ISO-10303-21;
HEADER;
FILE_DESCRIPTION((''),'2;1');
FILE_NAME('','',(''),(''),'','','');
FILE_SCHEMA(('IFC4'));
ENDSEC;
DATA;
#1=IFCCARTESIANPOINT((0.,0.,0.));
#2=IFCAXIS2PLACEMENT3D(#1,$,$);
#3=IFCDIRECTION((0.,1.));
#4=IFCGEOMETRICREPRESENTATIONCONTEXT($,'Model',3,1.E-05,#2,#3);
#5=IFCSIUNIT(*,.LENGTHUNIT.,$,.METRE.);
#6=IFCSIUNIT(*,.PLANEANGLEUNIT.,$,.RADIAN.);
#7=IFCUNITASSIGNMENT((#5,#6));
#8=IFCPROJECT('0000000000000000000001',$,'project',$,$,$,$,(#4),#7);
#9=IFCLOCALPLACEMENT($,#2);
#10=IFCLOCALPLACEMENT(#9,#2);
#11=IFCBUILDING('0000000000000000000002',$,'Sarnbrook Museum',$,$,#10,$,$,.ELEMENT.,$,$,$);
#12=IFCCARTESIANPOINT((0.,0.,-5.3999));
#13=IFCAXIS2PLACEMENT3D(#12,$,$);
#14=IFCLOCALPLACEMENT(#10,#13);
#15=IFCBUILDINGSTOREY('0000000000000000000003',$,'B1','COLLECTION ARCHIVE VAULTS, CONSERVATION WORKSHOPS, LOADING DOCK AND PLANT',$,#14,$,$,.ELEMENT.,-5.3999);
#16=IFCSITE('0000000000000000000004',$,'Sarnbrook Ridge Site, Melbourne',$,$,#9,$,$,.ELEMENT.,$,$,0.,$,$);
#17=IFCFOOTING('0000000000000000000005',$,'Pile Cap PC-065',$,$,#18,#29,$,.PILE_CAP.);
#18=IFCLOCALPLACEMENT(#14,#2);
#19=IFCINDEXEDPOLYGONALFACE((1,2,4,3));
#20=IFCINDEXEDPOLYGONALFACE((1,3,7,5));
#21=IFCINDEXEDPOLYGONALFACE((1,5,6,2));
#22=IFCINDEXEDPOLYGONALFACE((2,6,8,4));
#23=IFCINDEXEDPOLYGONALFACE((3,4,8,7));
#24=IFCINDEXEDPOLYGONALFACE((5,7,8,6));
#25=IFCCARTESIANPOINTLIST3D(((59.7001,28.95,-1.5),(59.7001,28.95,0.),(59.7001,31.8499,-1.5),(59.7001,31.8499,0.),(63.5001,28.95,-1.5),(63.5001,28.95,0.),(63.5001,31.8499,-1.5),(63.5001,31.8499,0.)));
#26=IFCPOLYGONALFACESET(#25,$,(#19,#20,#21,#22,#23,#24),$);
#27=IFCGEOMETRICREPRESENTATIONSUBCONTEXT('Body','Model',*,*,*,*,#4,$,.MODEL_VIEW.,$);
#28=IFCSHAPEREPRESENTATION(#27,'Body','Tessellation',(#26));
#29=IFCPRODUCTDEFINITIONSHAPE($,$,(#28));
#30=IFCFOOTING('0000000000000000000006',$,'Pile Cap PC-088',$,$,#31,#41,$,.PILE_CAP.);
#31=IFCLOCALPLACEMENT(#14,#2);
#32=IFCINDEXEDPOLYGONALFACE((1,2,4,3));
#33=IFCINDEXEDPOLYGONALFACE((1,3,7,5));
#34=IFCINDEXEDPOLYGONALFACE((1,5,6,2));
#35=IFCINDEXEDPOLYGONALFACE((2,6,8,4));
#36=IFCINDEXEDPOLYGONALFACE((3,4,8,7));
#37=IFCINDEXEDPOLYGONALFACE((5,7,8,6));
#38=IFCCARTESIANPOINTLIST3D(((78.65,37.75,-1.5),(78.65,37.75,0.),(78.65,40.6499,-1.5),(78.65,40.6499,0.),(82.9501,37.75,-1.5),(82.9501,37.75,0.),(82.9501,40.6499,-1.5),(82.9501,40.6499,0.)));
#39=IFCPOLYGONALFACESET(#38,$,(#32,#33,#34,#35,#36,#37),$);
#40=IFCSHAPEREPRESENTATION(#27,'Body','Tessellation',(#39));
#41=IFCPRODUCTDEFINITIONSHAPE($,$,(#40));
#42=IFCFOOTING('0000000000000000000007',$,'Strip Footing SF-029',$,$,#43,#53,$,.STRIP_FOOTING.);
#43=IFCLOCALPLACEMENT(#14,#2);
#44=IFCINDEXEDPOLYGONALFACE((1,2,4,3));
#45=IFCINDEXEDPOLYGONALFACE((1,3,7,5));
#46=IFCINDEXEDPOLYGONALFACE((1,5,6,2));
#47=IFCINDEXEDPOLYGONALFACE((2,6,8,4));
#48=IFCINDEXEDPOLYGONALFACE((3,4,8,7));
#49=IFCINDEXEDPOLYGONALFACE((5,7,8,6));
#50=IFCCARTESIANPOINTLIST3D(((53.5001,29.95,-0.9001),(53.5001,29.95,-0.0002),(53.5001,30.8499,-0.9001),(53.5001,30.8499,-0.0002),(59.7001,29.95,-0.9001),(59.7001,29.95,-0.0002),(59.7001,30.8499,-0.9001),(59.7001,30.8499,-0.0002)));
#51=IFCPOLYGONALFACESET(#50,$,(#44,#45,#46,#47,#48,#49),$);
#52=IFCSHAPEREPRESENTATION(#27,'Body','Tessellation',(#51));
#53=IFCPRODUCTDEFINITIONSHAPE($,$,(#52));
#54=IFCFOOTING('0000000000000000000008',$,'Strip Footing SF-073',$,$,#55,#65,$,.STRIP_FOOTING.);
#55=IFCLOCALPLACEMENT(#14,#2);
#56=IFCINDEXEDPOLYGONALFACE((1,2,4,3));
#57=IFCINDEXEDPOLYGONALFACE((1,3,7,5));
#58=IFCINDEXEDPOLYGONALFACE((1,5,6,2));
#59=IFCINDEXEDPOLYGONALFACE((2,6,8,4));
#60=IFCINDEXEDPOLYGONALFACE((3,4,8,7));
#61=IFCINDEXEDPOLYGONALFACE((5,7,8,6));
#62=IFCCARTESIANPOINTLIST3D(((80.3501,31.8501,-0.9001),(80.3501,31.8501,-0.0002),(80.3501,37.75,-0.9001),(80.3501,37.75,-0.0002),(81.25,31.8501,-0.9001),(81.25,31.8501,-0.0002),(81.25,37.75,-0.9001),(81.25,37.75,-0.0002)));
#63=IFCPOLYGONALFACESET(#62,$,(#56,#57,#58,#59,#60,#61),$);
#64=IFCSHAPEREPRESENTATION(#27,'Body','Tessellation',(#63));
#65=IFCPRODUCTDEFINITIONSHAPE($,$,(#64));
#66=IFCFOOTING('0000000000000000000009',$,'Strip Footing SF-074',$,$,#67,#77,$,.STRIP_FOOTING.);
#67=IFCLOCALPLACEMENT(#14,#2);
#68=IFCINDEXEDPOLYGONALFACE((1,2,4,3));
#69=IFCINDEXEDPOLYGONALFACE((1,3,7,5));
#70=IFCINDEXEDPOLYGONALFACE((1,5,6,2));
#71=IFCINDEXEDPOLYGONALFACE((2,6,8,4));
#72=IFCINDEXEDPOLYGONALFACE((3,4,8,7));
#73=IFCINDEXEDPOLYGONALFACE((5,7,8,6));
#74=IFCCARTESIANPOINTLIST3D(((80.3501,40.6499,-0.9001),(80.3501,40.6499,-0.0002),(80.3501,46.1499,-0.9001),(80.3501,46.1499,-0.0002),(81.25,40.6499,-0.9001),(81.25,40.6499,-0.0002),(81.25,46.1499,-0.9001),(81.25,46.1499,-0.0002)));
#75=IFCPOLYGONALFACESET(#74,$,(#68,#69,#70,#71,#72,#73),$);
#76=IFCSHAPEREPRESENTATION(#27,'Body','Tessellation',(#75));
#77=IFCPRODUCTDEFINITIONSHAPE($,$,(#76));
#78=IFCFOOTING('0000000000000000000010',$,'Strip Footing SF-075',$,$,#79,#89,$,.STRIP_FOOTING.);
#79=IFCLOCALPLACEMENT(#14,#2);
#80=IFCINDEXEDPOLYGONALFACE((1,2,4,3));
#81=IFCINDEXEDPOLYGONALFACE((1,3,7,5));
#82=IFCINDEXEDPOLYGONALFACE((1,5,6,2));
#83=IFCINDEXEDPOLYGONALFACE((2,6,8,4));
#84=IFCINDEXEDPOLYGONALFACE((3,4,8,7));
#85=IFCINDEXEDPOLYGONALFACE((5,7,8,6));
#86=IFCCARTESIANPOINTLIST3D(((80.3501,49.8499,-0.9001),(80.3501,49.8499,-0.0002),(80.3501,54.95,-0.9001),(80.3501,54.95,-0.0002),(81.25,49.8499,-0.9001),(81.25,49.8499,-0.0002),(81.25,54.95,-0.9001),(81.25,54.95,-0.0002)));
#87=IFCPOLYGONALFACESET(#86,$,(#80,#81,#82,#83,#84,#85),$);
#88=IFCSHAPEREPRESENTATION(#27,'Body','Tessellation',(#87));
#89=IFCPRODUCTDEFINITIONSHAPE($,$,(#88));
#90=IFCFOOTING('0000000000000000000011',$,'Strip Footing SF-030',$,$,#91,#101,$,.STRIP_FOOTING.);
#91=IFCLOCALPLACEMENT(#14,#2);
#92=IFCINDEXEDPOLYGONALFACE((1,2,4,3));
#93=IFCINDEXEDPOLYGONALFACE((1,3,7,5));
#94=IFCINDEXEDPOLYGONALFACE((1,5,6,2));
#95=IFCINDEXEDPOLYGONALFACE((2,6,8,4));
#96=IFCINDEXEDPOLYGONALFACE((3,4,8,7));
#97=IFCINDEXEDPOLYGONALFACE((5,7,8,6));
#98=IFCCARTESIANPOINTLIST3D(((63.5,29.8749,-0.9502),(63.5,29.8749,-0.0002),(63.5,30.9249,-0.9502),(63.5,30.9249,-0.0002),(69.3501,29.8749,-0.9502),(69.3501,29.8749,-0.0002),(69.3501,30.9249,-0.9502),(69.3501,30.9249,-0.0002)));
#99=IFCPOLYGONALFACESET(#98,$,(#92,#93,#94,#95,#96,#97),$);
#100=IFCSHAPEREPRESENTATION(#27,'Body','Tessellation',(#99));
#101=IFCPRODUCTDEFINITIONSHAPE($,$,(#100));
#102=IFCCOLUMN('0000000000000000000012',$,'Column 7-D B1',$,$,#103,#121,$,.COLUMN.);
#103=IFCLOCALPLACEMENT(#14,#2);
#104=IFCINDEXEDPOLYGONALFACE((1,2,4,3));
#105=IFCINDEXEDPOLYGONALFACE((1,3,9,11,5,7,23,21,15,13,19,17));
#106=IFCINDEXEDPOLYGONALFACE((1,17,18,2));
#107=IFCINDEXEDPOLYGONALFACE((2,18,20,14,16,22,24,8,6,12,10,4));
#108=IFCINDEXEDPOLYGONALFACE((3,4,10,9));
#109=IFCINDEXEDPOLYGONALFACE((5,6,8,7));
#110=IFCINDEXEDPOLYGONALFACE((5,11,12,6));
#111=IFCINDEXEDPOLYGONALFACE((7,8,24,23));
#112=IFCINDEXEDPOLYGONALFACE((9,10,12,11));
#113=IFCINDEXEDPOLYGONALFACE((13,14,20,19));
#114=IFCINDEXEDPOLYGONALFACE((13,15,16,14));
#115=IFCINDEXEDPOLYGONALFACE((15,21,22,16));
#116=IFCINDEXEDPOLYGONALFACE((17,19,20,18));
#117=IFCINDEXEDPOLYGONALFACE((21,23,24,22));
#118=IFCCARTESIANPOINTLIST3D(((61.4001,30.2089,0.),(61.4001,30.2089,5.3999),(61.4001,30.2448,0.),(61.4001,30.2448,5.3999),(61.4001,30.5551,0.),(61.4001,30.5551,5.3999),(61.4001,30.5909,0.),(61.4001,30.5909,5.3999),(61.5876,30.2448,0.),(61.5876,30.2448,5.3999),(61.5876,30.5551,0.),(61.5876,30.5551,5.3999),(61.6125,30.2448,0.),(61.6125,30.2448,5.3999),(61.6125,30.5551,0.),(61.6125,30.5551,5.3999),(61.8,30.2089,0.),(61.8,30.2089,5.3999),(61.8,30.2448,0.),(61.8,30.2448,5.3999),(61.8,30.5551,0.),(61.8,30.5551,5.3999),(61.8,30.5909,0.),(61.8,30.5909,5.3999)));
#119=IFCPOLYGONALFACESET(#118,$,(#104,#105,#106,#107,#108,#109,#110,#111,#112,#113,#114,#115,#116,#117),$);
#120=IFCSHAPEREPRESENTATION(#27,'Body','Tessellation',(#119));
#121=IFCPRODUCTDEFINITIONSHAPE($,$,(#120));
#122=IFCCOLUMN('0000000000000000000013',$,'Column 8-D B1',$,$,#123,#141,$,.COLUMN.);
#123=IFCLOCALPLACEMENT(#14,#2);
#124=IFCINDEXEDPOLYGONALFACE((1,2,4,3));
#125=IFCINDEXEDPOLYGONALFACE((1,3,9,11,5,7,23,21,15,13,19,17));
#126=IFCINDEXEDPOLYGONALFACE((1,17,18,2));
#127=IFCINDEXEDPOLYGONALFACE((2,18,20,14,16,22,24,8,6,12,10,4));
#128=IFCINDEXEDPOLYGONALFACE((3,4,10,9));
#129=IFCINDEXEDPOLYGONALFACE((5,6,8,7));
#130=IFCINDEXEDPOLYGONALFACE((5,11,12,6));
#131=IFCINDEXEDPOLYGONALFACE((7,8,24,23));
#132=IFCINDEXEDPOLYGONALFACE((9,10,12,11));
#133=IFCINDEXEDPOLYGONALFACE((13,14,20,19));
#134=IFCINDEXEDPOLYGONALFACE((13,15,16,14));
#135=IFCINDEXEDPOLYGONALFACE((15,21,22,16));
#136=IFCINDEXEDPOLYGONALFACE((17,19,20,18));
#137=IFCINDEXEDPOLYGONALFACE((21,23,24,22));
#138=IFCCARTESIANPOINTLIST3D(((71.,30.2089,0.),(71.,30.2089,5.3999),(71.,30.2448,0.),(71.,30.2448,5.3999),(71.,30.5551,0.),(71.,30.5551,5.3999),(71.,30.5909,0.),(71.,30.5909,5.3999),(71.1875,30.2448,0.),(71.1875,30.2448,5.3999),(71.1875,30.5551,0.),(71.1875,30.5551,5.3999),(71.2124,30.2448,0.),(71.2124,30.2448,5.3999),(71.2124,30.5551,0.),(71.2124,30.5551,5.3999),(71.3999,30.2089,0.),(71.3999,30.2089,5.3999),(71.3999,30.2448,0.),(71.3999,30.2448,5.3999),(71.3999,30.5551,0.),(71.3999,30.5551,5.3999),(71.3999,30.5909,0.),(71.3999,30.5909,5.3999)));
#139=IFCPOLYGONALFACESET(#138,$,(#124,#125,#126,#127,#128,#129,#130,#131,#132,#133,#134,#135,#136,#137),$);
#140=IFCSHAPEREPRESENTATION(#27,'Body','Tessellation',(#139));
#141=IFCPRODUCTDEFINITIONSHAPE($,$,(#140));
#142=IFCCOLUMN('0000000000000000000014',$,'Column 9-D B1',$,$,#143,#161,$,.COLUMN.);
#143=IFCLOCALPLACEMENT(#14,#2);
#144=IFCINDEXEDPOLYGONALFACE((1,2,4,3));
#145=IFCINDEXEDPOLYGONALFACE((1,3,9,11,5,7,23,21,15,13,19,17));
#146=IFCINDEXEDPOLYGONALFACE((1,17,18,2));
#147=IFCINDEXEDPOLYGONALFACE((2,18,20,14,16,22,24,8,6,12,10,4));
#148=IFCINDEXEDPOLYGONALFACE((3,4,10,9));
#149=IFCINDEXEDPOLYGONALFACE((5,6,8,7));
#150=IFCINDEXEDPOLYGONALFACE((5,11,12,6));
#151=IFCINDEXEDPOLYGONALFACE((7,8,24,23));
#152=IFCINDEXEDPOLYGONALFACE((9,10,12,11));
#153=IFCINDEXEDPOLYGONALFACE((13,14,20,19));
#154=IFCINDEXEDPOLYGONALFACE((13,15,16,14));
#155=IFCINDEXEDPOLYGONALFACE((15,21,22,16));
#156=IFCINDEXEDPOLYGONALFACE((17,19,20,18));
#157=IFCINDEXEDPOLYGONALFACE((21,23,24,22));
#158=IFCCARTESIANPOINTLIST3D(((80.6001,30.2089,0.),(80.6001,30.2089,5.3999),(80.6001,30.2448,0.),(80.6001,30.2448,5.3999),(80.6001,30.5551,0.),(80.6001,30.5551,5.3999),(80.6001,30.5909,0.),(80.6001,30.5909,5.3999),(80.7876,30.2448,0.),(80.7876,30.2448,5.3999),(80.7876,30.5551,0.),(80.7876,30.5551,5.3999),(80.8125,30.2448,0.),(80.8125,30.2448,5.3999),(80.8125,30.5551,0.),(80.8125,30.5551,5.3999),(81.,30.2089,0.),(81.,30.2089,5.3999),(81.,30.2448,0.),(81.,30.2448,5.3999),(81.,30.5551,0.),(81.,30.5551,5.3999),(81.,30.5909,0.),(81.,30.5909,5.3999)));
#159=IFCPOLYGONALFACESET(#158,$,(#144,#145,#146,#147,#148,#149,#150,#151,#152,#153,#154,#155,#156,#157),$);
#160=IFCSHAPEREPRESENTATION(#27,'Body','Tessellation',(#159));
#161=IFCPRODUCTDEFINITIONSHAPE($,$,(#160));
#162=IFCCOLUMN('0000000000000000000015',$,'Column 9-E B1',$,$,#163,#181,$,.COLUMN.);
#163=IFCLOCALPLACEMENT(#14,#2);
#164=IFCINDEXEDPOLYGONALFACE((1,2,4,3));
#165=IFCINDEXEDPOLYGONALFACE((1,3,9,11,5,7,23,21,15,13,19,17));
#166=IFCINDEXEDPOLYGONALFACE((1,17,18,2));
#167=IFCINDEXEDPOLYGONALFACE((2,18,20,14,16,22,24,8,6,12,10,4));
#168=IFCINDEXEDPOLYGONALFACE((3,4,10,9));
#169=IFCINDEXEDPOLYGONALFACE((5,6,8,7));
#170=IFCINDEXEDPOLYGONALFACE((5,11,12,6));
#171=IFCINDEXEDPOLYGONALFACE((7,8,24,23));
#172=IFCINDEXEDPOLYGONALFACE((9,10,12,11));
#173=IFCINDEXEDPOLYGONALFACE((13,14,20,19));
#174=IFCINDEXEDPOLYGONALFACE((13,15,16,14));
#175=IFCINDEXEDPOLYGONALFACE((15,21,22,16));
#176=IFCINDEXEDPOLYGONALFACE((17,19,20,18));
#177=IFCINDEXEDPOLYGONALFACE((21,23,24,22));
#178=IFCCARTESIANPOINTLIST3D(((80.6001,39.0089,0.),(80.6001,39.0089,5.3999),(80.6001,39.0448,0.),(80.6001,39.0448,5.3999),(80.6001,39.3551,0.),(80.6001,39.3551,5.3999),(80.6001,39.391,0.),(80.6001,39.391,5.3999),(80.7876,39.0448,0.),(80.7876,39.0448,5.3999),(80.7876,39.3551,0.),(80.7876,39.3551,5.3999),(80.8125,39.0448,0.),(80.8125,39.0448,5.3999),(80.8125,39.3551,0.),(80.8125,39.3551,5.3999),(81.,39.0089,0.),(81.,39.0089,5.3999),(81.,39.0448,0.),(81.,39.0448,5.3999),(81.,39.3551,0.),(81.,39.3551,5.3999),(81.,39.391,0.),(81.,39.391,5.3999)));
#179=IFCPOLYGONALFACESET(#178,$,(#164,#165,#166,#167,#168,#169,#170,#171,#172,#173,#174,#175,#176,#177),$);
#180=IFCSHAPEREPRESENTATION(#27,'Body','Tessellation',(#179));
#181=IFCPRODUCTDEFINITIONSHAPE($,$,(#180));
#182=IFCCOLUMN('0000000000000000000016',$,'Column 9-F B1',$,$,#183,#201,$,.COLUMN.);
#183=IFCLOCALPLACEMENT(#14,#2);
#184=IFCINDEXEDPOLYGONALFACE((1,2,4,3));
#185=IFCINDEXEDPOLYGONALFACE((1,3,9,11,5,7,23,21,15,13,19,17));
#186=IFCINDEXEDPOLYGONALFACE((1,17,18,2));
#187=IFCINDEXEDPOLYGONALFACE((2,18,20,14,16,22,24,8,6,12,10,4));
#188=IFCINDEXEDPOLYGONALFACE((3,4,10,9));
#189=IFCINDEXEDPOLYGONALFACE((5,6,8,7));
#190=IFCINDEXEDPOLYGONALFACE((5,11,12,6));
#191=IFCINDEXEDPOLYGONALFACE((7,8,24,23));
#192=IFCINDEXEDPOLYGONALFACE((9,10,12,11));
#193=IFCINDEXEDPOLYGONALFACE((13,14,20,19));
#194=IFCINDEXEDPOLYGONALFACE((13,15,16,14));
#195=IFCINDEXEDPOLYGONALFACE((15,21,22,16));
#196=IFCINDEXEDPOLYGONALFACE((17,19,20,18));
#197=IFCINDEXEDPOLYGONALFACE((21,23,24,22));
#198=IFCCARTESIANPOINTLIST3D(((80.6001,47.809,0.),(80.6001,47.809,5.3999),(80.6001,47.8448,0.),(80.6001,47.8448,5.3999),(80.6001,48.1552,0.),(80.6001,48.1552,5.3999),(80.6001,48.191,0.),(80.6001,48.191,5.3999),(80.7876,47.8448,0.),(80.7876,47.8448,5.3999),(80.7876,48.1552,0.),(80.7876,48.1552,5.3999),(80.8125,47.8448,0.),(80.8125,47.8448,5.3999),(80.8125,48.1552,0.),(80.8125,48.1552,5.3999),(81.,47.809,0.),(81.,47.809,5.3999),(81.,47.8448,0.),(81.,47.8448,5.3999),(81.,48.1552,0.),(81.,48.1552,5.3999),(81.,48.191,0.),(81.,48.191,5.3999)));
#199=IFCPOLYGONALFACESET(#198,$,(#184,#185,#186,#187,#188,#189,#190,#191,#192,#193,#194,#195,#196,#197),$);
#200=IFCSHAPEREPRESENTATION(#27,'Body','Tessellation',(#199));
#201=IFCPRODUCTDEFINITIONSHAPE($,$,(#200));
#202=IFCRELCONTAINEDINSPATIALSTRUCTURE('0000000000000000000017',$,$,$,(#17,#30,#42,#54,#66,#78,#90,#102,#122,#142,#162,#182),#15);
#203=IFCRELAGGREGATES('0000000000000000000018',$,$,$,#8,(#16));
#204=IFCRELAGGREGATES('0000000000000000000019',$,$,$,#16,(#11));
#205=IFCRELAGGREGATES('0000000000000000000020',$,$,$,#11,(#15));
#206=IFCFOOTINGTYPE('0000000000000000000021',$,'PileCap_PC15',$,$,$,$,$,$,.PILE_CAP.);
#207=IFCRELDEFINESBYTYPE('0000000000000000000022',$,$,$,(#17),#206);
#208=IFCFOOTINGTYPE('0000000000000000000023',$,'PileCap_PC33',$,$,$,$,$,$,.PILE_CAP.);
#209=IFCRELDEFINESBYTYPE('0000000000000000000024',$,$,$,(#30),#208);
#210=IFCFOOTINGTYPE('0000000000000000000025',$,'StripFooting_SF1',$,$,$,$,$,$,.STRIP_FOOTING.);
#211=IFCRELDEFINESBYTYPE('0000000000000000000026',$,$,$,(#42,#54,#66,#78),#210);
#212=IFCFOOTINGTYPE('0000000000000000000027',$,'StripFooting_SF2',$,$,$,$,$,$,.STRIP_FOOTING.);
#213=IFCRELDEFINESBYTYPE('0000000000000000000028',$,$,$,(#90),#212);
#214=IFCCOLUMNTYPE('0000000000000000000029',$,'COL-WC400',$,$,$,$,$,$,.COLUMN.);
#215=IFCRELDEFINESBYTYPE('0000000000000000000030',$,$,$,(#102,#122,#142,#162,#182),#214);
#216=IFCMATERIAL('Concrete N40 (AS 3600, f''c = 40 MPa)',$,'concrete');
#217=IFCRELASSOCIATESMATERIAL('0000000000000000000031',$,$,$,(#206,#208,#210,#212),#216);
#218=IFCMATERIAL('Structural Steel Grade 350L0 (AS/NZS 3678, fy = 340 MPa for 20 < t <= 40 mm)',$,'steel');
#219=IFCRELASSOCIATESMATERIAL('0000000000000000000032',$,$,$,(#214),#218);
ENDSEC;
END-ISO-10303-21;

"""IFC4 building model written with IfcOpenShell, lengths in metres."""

from ifc_helpers import new_model, si_unit, direction, frame, origin, origin_2d, place, context, subcontext, project, spatial, rectangle, i_section, extrude, material, material_profile, profile_set, type_object, element, save


model = new_model("IFC4")

# Units and contexts
model_context = context("Model", 3, precision=1e-05, world=origin(), true_north=direction((0.0, 1.0)))
body_context = subcontext(model_context, "Body", "Model", "MODEL_VIEW")
ifc_project = project(units=[si_unit("LENGTHUNIT", "METRE"), si_unit("PLANEANGLEUNIT", "RADIAN")], contexts=[model_context])

# Site, building, storey
site_placement = place(None, origin())
site = spatial("IfcSite", under=ifc_project, at=site_placement, Name="Sarnbrook Ridge Site, Melbourne", CompositionType="ELEMENT", RefElevation=0.0)
building_placement = place(site_placement, origin())
building = spatial("IfcBuilding", under=site, at=building_placement, Name="Sarnbrook Museum", CompositionType="ELEMENT")
storey_placement = place(building_placement, frame((0.0, 0.0, -5.3999)))
storey = spatial("IfcBuildingStorey", under=building, at=storey_placement, Name="B1", Description="COLLECTION ARCHIVE VAULTS, CONSERVATION WORKSHOPS, LOADING DOCK AND PLANT", CompositionType="ELEMENT", Elevation=-5.3999)

# Footings
ifc_material_1 = material(Name="Concrete N40 (AS 3600, f'c = 40 MPa)", Category="concrete")
footing_type_1 = type_object("IfcFootingType", Name="PileCap_PC15", PredefinedType="PILE_CAP", material=ifc_material_1)
footing_1_placement = place(storey_placement, frame((61.6001, 30.3999, -1.5), z_axis=(0.0, 0.0, 1.0), x_axis=(1.0, 0.0, 0.0)))
element("IfcFooting", 1, at=footing_1_placement, inside=storey, type_object=footing_type_1, Name="Pile Cap PC-065", PredefinedType="PILE_CAP", context=body_context, shape_type="SweptSolid", body=[
    extrude(rectangle(XDim=3.8, YDim=2.8999, at=origin_2d()), origin(), (0.0, 0.0, 1.0), 1.5),
])
footing_type_2 = type_object("IfcFootingType", Name="PileCap_PC33", PredefinedType="PILE_CAP", material=ifc_material_1)
footing_2_placement = place(storey_placement, frame((80.8, 39.2, -1.5), z_axis=(0.0, 0.0, 1.0), x_axis=(1.0, 0.0, 0.0)))
element("IfcFooting", 2, at=footing_2_placement, inside=storey, type_object=footing_type_2, Name="Pile Cap PC-088", PredefinedType="PILE_CAP", context=body_context, shape_type="SweptSolid", body=[
    extrude(rectangle(XDim=4.3, YDim=2.8999, at=origin_2d()), origin(), (0.0, 0.0, 1.0), 1.5),
])
footing_type_3 = type_object("IfcFootingType", Name="StripFooting_SF1", PredefinedType="STRIP_FOOTING", material=ifc_material_1)
footing_3_placement = place(storey_placement, frame((56.6001, 30.3999, -0.9001), z_axis=(0.0, 0.0, 1.0), x_axis=(1.0, 0.0, 0.0)))
element("IfcFooting", 3, at=footing_3_placement, inside=storey, type_object=footing_type_3, Name="Strip Footing SF-029", PredefinedType="STRIP_FOOTING", context=body_context, shape_type="SweptSolid", body=[
    extrude(rectangle(XDim=6.2, YDim=0.8999, at=origin_2d()), origin(), (0.0, 0.0, 1.0), 0.8999),
])
footing_4_placement = place(storey_placement, frame((80.8, 34.8, -0.9001), z_axis=(0.0, 0.0, 1.0), x_axis=(1.0, 0.0, 0.0)))
element("IfcFooting", 4, at=footing_4_placement, inside=storey, type_object=footing_type_3, Name="Strip Footing SF-073", PredefinedType="STRIP_FOOTING", context=body_context, shape_type="SweptSolid", body=[
    extrude(rectangle(XDim=0.8999, YDim=5.8999, at=origin_2d()), origin(), (0.0, 0.0, 1.0), 0.8999),
])
footing_5_placement = place(storey_placement, frame((80.8, 43.3999, -0.9001), z_axis=(0.0, 0.0, 1.0), x_axis=(1.0, 0.0, 0.0)))
element("IfcFooting", 5, at=footing_5_placement, inside=storey, type_object=footing_type_3, Name="Strip Footing SF-074", PredefinedType="STRIP_FOOTING", context=body_context, shape_type="SweptSolid", body=[
    extrude(rectangle(XDim=0.8999, YDim=5.5, at=origin_2d()), origin(), (0.0, 0.0, 1.0), 0.8999),
])
footing_6_placement = place(storey_placement, frame((80.8, 52.3999, -0.9001), z_axis=(0.0, 0.0, 1.0), x_axis=(1.0, 0.0, 0.0)))
element("IfcFooting", 6, at=footing_6_placement, inside=storey, type_object=footing_type_3, Name="Strip Footing SF-075", PredefinedType="STRIP_FOOTING", context=body_context, shape_type="SweptSolid", body=[
    extrude(rectangle(XDim=0.8999, YDim=5.1001, at=origin_2d()), origin(), (0.0, 0.0, 1.0), 0.8999),
])
footing_type_4 = type_object("IfcFootingType", Name="StripFooting_SF2", PredefinedType="STRIP_FOOTING", material=ifc_material_1)
footing_7_placement = place(storey_placement, frame((66.425, 30.3999, -0.9502), z_axis=(0.0, 0.0, 1.0), x_axis=(1.0, 0.0, 0.0)))
element("IfcFooting", 7, at=footing_7_placement, inside=storey, type_object=footing_type_4, Name="Strip Footing SF-030", PredefinedType="STRIP_FOOTING", context=body_context, shape_type="SweptSolid", body=[
    extrude(rectangle(XDim=5.8501, YDim=1.05, at=origin_2d()), origin(), (0.0, 0.0, 1.0), 0.95),
])

# Columns
ifc_material_2 = material(Name="Structural Steel Grade 350L0 (AS/NZS 3678, fy = 340 MPa for 20 < t <= 40 mm)", Category="steel")
ifc_material_profile_1 = material_profile(ifc_material_2, i_section(OverallWidth=0.3999, OverallDepth=0.3821, WebThickness=0.0249, FlangeThickness=0.0359, at=origin_2d()), Name="400WC270")
ifc_profile_set_1 = profile_set([ifc_material_profile_1], Name="Structural Steel Grade 350L0 (AS/NZS 3678, fy = 340 MPa for 20 < t <= 40 mm)")
column_type = type_object("IfcColumnType", Name="COL-WC400", PredefinedType="COLUMN", material=ifc_profile_set_1)
for number, where, z_axis, x_axis, name in (
    (8, (61.6001, 30.3999, 0.0), (0.0, 0.0, 1.0), (1.0, 0.0, 0.0), "Column 7-D B1"),
    (9, (71.2, 30.3999, 0.0), (0.0, 0.0, 1.0), (1.0, 0.0, 0.0), "Column 8-D B1"),
    (10, (80.8, 30.3999, 0.0), (0.0, 0.0, 1.0), (1.0, 0.0, 0.0), "Column 9-D B1"),
    (11, (80.8, 39.2, 0.0), (0.0, 0.0, 1.0), (1.0, 0.0, 0.0), "Column 9-E B1"),
    (12, (80.8, 48.0, 0.0), (0.0, 0.0, 1.0), (1.0, 0.0, 0.0), "Column 9-F B1"),
):
    element("IfcColumn", number, at=place(storey_placement, frame(where, z_axis=z_axis, x_axis=x_axis)), inside=storey, type_object=column_type, Name=name, PredefinedType="COLUMN", context=body_context, shape_type="SweptSolid", body=[
        extrude(i_section(OverallWidth=0.3999, OverallDepth=0.3821, WebThickness=0.0249, FlangeThickness=0.0359, at=origin_2d()), origin(), (0.0, 0.0, 1.0), 5.3999),
    ])

save(model, "model.ifc")
